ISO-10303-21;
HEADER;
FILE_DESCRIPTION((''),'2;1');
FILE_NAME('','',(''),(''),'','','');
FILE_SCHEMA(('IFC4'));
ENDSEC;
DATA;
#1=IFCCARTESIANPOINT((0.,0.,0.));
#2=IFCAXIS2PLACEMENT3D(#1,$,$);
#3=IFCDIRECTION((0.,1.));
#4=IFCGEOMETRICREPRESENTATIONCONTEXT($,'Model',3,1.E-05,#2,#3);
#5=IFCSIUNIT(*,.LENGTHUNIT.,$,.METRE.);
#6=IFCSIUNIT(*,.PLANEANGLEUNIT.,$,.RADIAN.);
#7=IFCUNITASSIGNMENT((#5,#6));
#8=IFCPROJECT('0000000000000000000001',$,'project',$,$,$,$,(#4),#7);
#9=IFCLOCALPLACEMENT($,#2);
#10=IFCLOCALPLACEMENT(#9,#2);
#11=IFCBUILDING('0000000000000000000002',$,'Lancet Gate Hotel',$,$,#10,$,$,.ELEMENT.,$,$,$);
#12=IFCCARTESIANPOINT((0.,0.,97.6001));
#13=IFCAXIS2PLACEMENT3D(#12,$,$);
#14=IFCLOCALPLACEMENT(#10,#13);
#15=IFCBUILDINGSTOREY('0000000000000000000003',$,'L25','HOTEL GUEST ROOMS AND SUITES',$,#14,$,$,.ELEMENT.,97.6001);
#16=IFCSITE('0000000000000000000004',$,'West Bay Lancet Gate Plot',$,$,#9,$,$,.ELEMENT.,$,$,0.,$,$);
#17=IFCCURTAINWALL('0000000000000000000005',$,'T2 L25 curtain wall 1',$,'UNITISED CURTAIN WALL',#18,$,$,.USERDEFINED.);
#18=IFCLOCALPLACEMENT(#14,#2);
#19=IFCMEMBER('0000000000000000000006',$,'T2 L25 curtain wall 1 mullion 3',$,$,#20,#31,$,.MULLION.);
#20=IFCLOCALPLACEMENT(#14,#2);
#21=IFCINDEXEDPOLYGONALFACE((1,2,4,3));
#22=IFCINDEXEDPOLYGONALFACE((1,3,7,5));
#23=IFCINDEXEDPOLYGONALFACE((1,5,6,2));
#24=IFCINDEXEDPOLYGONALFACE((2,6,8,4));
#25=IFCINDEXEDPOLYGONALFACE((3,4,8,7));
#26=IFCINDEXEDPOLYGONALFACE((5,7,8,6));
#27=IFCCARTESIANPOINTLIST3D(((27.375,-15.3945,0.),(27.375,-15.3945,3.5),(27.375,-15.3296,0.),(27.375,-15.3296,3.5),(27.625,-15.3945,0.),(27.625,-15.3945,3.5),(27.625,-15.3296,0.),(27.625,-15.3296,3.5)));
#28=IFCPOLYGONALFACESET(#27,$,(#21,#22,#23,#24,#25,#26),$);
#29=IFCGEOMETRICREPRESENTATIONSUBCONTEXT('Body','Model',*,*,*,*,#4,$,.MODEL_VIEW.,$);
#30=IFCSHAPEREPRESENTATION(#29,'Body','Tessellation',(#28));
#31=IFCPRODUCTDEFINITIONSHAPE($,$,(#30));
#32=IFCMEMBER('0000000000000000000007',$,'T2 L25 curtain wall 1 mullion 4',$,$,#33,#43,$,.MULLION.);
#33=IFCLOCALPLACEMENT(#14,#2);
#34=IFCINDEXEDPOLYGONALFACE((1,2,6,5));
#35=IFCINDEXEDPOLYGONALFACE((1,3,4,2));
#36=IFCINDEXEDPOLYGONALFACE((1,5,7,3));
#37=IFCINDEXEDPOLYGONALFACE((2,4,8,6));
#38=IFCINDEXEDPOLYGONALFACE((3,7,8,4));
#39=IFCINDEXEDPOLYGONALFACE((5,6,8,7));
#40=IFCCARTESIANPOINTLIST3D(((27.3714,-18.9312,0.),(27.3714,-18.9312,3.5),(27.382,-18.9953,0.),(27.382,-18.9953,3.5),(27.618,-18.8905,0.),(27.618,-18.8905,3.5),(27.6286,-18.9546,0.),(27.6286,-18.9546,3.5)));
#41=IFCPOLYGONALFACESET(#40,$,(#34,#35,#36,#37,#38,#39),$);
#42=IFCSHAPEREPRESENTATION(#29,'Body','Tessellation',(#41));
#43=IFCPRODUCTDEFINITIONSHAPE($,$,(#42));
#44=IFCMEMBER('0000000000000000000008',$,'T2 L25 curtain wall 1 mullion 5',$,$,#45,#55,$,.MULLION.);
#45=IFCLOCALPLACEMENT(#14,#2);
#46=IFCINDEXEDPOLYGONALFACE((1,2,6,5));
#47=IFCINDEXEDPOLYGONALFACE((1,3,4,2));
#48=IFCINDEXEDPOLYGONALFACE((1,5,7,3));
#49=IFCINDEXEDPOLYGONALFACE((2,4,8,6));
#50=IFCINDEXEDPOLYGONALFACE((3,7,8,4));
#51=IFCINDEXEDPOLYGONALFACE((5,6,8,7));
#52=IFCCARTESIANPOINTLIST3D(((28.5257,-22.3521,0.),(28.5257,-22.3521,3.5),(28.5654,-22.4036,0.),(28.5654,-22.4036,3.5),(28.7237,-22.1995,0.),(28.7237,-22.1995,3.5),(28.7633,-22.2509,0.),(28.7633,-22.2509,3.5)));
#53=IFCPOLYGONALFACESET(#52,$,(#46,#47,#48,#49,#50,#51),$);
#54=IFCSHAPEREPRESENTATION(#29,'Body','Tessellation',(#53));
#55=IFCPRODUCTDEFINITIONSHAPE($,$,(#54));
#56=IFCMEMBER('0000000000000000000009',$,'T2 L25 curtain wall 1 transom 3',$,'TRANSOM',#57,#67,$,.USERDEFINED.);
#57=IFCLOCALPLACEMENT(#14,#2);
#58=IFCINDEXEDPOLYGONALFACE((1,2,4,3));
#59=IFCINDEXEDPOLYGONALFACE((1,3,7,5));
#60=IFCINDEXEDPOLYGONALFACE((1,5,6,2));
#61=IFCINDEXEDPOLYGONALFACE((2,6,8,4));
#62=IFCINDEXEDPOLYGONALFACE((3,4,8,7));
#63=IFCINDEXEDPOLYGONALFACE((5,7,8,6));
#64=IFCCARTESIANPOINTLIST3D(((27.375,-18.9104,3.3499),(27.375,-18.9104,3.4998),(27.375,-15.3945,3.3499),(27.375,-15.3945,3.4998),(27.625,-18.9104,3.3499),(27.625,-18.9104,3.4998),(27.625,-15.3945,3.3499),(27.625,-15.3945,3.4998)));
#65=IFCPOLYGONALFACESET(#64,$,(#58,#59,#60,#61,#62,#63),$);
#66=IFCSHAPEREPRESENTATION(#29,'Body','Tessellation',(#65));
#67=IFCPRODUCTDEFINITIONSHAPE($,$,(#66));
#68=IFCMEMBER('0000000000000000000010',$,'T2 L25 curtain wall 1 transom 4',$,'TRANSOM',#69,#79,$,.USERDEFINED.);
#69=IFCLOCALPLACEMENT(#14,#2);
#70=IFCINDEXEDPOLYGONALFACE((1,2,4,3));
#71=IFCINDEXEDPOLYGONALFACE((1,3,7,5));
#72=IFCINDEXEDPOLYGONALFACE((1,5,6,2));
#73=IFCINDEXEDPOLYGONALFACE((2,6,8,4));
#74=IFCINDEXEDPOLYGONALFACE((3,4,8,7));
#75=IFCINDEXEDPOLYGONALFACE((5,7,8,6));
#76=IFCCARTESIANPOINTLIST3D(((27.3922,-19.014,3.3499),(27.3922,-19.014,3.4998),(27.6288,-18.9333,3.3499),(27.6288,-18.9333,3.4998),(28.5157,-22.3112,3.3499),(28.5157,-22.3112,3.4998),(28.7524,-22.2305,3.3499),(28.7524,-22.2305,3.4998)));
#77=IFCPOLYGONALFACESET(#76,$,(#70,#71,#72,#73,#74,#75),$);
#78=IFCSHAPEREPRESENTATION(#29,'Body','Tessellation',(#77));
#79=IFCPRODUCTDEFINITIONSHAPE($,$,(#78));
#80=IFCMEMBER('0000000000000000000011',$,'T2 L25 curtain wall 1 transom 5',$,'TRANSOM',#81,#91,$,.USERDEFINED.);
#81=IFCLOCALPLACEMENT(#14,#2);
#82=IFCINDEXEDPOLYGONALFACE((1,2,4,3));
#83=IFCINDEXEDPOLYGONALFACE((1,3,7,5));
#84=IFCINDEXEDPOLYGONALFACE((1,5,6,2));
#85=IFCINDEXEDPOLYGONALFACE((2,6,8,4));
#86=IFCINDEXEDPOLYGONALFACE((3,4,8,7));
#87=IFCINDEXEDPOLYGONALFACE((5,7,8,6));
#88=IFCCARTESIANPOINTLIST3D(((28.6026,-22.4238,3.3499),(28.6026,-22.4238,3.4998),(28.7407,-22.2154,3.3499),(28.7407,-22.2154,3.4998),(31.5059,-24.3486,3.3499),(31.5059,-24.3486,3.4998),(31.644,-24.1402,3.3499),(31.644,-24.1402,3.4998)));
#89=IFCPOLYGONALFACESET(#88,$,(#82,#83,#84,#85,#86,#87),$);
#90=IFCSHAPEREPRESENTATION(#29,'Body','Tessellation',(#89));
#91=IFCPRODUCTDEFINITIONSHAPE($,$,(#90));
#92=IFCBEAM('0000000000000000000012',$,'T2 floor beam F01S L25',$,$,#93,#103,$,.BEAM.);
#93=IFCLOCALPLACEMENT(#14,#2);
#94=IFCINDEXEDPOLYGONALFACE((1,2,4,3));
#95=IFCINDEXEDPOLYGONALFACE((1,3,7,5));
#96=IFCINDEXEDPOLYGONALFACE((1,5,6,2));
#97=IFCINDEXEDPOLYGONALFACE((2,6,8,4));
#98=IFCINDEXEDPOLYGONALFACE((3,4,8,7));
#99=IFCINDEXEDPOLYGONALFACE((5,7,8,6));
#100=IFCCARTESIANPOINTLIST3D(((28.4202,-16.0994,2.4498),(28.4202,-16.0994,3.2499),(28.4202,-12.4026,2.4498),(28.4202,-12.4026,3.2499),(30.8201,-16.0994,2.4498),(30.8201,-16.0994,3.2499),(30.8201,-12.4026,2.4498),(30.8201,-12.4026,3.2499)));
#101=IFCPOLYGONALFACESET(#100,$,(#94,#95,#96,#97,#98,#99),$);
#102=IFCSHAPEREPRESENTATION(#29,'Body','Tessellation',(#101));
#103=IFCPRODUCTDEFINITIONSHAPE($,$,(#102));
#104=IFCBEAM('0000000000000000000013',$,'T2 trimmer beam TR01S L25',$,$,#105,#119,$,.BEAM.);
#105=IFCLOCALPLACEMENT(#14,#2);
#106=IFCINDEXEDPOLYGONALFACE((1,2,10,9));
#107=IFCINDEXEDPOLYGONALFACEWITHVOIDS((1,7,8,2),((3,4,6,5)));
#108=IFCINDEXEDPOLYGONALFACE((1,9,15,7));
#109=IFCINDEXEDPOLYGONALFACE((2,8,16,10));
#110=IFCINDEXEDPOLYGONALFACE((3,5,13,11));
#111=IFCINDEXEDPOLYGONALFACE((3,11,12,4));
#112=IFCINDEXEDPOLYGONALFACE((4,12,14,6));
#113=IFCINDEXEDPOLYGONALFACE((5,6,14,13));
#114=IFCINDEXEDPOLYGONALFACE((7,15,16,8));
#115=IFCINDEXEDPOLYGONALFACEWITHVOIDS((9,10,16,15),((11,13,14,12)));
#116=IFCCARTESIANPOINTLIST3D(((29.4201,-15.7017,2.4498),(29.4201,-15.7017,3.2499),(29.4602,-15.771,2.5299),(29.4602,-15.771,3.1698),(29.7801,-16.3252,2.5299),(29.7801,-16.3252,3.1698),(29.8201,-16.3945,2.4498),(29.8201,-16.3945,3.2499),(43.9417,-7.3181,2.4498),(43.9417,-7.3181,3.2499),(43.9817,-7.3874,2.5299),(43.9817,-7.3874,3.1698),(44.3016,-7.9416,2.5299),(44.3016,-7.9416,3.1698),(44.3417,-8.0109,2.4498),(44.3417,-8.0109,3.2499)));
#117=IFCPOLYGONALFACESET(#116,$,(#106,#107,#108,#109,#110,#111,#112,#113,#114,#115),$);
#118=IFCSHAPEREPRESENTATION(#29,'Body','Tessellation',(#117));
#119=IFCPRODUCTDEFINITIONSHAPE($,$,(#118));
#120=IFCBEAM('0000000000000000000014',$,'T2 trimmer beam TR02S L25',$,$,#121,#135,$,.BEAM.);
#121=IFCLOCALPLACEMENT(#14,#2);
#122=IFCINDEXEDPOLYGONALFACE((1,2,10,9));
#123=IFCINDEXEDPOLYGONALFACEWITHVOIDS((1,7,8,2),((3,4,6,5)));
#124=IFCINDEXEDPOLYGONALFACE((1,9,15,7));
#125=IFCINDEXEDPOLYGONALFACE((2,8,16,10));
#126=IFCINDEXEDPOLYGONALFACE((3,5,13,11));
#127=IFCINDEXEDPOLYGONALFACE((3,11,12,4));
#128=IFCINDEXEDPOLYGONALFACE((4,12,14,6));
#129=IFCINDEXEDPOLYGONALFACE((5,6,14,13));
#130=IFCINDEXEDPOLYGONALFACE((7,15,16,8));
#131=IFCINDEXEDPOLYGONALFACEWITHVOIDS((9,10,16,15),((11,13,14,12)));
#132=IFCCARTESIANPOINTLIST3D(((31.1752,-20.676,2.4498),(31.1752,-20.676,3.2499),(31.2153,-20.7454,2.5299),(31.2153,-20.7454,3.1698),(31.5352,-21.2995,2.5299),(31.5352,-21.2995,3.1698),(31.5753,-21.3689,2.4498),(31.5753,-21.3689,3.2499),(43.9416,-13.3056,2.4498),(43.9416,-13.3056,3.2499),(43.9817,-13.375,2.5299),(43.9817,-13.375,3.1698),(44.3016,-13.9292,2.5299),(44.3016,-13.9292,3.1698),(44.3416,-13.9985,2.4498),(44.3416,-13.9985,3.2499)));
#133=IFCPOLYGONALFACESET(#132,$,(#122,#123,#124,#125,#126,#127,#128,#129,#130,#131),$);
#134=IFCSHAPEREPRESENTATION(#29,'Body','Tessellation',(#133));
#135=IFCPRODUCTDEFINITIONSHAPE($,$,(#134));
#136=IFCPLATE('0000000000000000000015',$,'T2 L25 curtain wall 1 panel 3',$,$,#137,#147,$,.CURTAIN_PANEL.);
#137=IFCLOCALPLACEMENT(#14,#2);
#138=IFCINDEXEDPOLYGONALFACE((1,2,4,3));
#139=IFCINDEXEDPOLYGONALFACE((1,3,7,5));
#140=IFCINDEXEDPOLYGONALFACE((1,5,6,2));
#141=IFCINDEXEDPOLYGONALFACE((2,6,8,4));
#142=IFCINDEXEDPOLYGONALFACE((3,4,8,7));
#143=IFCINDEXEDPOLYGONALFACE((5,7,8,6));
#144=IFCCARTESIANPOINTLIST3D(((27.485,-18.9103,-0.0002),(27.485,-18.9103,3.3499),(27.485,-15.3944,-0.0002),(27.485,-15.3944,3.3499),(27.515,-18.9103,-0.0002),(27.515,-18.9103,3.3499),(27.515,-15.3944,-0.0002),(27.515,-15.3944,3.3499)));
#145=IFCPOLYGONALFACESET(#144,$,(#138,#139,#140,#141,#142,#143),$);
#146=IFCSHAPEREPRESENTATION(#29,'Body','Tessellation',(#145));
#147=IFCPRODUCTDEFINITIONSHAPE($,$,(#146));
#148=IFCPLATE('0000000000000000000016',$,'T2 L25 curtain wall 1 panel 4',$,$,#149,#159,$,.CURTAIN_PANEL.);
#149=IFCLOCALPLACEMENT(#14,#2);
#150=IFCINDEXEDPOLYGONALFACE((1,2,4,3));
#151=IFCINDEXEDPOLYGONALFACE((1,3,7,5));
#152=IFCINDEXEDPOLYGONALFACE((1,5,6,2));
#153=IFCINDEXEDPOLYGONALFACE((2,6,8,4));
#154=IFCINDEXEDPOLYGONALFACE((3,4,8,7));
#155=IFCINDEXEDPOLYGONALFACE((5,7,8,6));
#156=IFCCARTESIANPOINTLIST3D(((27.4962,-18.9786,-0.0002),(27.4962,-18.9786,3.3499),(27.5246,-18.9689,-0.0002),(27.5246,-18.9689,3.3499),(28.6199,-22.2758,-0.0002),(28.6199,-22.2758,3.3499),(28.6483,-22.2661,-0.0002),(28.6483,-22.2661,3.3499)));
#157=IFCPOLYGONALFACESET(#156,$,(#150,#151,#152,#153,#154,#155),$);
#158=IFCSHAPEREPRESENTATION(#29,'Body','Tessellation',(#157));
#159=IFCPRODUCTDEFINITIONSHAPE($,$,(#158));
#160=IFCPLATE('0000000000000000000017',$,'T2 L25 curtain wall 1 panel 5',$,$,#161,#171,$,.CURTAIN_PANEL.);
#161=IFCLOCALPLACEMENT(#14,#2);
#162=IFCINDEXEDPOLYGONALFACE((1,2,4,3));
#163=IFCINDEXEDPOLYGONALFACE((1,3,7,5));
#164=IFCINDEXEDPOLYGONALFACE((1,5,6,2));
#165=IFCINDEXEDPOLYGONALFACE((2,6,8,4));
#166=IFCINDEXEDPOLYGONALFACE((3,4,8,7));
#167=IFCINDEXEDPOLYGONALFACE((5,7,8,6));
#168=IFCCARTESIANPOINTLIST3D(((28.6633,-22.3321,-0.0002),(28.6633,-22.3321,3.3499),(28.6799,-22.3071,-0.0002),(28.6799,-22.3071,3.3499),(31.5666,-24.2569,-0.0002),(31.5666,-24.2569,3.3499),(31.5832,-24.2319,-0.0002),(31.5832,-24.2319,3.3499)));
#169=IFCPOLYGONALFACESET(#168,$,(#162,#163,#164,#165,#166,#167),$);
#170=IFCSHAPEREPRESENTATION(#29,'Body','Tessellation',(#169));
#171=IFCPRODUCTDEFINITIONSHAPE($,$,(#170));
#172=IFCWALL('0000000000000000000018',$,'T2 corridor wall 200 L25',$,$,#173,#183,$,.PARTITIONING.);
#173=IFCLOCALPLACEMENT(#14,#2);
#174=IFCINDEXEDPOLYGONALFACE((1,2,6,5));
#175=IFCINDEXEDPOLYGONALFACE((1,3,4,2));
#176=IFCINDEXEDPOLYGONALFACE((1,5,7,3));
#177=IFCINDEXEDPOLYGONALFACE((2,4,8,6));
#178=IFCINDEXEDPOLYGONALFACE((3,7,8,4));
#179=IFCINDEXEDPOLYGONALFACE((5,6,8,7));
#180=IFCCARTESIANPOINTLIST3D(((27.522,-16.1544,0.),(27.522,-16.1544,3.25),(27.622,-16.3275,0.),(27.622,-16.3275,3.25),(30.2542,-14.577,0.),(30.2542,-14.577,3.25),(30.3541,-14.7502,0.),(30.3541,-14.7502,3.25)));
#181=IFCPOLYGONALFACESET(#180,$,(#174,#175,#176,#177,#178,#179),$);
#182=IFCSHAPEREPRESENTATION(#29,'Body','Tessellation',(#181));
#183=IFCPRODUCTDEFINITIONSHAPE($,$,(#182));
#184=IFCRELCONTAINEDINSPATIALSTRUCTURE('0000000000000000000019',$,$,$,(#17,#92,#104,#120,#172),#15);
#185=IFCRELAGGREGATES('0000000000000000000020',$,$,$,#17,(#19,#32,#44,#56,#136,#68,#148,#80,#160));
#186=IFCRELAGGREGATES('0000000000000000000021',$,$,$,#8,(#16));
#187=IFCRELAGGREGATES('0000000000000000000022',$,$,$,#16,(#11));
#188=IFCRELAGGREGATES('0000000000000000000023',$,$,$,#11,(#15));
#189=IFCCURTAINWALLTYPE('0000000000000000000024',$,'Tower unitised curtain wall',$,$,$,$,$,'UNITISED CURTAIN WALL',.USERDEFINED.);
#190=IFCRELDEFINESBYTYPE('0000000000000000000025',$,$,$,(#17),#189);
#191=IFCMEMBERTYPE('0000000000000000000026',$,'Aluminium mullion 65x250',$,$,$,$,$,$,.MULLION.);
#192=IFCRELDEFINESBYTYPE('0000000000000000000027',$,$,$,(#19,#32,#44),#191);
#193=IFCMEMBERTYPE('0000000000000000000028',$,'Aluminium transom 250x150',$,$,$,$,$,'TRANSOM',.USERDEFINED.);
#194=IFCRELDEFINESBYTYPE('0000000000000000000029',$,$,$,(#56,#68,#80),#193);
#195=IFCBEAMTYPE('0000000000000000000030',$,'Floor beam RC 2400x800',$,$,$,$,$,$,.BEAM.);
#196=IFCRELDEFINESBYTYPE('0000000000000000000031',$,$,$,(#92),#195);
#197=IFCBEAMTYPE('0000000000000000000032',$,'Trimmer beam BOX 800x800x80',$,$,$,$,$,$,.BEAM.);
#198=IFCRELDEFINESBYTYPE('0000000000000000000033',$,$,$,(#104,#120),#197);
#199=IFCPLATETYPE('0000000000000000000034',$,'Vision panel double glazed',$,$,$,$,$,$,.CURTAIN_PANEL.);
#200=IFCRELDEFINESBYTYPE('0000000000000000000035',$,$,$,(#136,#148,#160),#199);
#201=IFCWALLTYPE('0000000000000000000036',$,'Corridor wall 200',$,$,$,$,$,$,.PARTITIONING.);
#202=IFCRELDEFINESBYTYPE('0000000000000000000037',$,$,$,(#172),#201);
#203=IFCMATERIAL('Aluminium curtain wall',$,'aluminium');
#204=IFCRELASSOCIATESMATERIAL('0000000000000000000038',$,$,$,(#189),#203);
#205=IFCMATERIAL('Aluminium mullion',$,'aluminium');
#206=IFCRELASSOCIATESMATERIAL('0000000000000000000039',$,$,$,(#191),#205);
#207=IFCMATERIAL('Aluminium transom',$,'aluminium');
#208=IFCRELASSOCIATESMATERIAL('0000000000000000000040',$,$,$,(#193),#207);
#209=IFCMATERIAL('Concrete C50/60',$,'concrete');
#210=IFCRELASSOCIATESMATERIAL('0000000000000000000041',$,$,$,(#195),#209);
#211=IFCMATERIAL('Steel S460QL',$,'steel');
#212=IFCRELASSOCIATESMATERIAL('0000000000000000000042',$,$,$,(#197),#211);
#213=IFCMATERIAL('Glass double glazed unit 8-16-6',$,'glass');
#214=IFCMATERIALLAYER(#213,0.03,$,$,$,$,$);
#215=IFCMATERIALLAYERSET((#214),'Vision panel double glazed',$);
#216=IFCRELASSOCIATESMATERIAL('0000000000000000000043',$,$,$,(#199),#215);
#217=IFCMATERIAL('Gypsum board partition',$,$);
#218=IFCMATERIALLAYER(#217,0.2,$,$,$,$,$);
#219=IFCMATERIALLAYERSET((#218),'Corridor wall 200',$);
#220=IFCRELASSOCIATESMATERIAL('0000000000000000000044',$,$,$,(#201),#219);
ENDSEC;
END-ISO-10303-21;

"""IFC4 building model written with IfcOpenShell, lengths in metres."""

from ifc_helpers import new_model, si_unit, direction, frame, frame_2d, origin, origin_2d, place, context, subcontext, project, spatial, rectangle, hollow_rectangle, extrude, material, layer, layer_set, material_profile, profile_set, type_object, element, aggregate, save


model = new_model("IFC4")

# Units and contexts
model_context = context("Model", 3, precision=1e-05, world=origin(), true_north=direction((0.0, 1.0)))
body_context = subcontext(model_context, "Body", "Model", "MODEL_VIEW")
ifc_project = project(units=[si_unit("LENGTHUNIT", "METRE"), si_unit("PLANEANGLEUNIT", "RADIAN")], contexts=[model_context])

# Site, building, storey
site_placement = place(None, origin())
site = spatial("IfcSite", under=ifc_project, at=site_placement, Name="West Bay Lancet Gate Plot", CompositionType="ELEMENT", RefElevation=0.0)
building_placement = place(site_placement, origin())
building = spatial("IfcBuilding", under=site, at=building_placement, Name="Lancet Gate Hotel", CompositionType="ELEMENT")
storey_placement = place(building_placement, frame((0.0, 0.0, 97.6001)))
storey = spatial("IfcBuildingStorey", under=building, at=storey_placement, Name="L25", Description="HOTEL GUEST ROOMS AND SUITES", CompositionType="ELEMENT", Elevation=97.6001)

# Curtain wall, members
ifc_material_1 = material(Name="Aluminium curtain wall", Category="aluminium")
curtain_wall_type = type_object("IfcCurtainWallType", Name="Tower unitised curtain wall", ElementType="UNITISED CURTAIN WALL", PredefinedType="USERDEFINED", material=ifc_material_1)
curtain_wall_placement = place(storey_placement, origin())
curtain_wall = element("IfcCurtainWall", 1, at=curtain_wall_placement, inside=storey, type_object=curtain_wall_type, Name="T2 L25 curtain wall 1", ObjectType="UNITISED CURTAIN WALL", PredefinedType="USERDEFINED")
ifc_material_2 = material(Name="Aluminium mullion", Category="aluminium")
ifc_material_profile_1 = material_profile(ifc_material_2, rectangle(XDim=0.0649, YDim=0.25, at=origin_2d()), Name="MULLION 65x250")
ifc_profile_set_1 = profile_set([ifc_material_profile_1], Name="Aluminium mullion")
member_type_1 = type_object("IfcMemberType", Name="Aluminium mullion 65x250", PredefinedType="MULLION", material=ifc_profile_set_1)
member_1_placement = place(storey_placement, frame((27.5, -15.3621, 0.0), z_axis=(0.0, 0.0, 1.0), x_axis=(0.0, -1.0, 0.0)))
member_1 = element("IfcMember", 2, at=member_1_placement, type_object=member_type_1, Name="T2 L25 curtain wall 1 mullion 3", PredefinedType="MULLION", context=body_context, shape_type="SweptSolid", body=[
    extrude(rectangle(XDim=0.0649, YDim=0.25, at=origin_2d()), origin(), (0.0, 0.0, 1.0), 3.5),
])
member_2_placement = place(storey_placement, frame((27.5, -18.9429, 0.0), z_axis=(0.0, 0.0, 1.0), x_axis=(0.162739, -0.986669, 0.0)))
member_2 = element("IfcMember", 3, at=member_2_placement, type_object=member_type_1, Name="T2 L25 curtain wall 1 mullion 4", PredefinedType="MULLION", context=body_context, shape_type="SweptSolid", body=[
    extrude(rectangle(XDim=0.0649, YDim=0.25, at=origin_2d()), origin(), (0.0, 0.0, 1.0), 3.5),
])
member_3_placement = place(storey_placement, frame((28.6445, -22.3015, 0.0), z_axis=(0.0, 0.0, 1.0), x_axis=(0.610664, -0.79189, 0.0)))
member_3 = element("IfcMember", 4, at=member_3_placement, type_object=member_type_1, Name="T2 L25 curtain wall 1 mullion 5", PredefinedType="MULLION", context=body_context, shape_type="SweptSolid", body=[
    extrude(rectangle(XDim=0.0649, YDim=0.25, at=origin_2d()), origin(), (0.0, 0.0, 1.0), 3.5),
])
ifc_material_3 = material(Name="Aluminium transom", Category="aluminium")
ifc_material_profile_2 = material_profile(ifc_material_3, rectangle(XDim=0.25, YDim=0.1499, at=origin_2d()), Name="TRANSOM 250x150")
ifc_profile_set_2 = profile_set([ifc_material_profile_2], Name="Aluminium transom")
member_type_2 = type_object("IfcMemberType", Name="Aluminium transom 250x150", ElementType="TRANSOM", PredefinedType="USERDEFINED", material=ifc_profile_set_2)
member_4_placement = place(storey_placement, frame((27.5, -15.3945, 3.4248), z_axis=(0.0, -1.0, 0.0), x_axis=(1.0, 0.0, 0.0)))
member_4 = element("IfcMember", 5, at=member_4_placement, type_object=member_type_2, Name="T2 L25 curtain wall 1 transom 3", ObjectType="TRANSOM", PredefinedType="USERDEFINED", context=body_context, shape_type="SweptSolid", body=[
    extrude(rectangle(XDim=0.25, YDim=0.1499, at=origin_2d()), origin(), (0.0, 0.0, 1.0), 3.5159),
])
member_5_placement = place(storey_placement, frame((27.5105, -18.9736, 3.4248), z_axis=(0.32255, -0.946553, 0.0), x_axis=(0.946553, 0.32255, 0.0)))
member_5 = element("IfcMember", 6, at=member_5_placement, type_object=member_type_2, Name="T2 L25 curtain wall 1 transom 4", ObjectType="TRANSOM", PredefinedType="USERDEFINED", context=body_context, shape_type="SweptSolid", body=[
    extrude(rectangle(XDim=0.25, YDim=0.1499, at=origin_2d()), origin(), (0.0, 0.0, 1.0), 3.4834),
])
member_6_placement = place(storey_placement, frame((28.6716, -22.3196, 3.4248), z_axis=(0.833471, -0.552563, 0.0), x_axis=(0.552563, 0.833471, 0.0)))
member_6 = element("IfcMember", 7, at=member_6_placement, type_object=member_type_2, Name="T2 L25 curtain wall 1 transom 5", ObjectType="TRANSOM", PredefinedType="USERDEFINED", context=body_context, shape_type="SweptSolid", body=[
    extrude(rectangle(XDim=0.25, YDim=0.1499, at=origin_2d()), origin(), (0.0, 0.0, 1.0), 3.4834),
])

# Beams
ifc_material_4 = material(Name="Concrete C50/60", Category="concrete")
ifc_material_profile_3 = material_profile(ifc_material_4, rectangle(XDim=2.3999, YDim=0.8, at=origin_2d()), Name="RC 2400x800")
ifc_profile_set_3 = profile_set([ifc_material_profile_3], Name="Concrete C50/60")
beam_type_1 = type_object("IfcBeamType", Name="Floor beam RC 2400x800", PredefinedType="BEAM", material=ifc_profile_set_3)
beam_1_placement = place(storey_placement, frame((29.6201, -16.0994, 2.8499), z_axis=(0.0, 1.0, 0.0), x_axis=(-1.0, 0.0, 0.0)))
element("IfcBeam", 8, at=beam_1_placement, inside=storey, type_object=beam_type_1, Name="T2 floor beam F01S L25", PredefinedType="BEAM", context=body_context, shape_type="SweptSolid", body=[
    extrude(rectangle(XDim=2.3999, YDim=0.8, at=origin_2d()), origin(), (0.0, 0.0, 1.0), 3.6968),
])
ifc_material_5 = material(Name="Steel S460QL", Category="steel")
ifc_material_profile_4 = material_profile(ifc_material_5, hollow_rectangle(XDim=0.8, YDim=0.8, WallThickness=0.0801, at=origin_2d()), Name="BOX 800x800x80")
ifc_profile_set_4 = profile_set([ifc_material_profile_4], Name="Steel S460QL")
beam_type_2 = type_object("IfcBeamType", Name="Trimmer beam BOX 800x800x80", PredefinedType="BEAM", material=ifc_profile_set_4)
beam_2_placement = place(storey_placement, frame((29.6201, -16.0481, 2.8499), z_axis=(0.866037, 0.49998, 0.0), x_axis=(-0.49998, 0.866037, 0.0)))
element("IfcBeam", 9, at=beam_2_placement, inside=storey, type_object=beam_type_2, Name="T2 trimmer beam TR01S L25", PredefinedType="BEAM", context=body_context, shape_type="SweptSolid", body=[
    extrude(hollow_rectangle(XDim=0.8, YDim=0.8, WallThickness=0.0801, at=origin_2d()), origin(), (0.0, 0.0, 1.0), 16.7678),
])
beam_3_placement = place(storey_placement, frame((31.3752, -21.0225, 2.8499), z_axis=(0.866034, 0.499985, 0.0), x_axis=(-0.499985, 0.866034, 0.0)))
element("IfcBeam", 10, at=beam_3_placement, inside=storey, type_object=beam_type_2, Name="T2 trimmer beam TR02S L25", PredefinedType="BEAM", context=body_context, shape_type="SweptSolid", body=[
    extrude(hollow_rectangle(XDim=0.8, YDim=0.8, WallThickness=0.0801, at=origin_2d()), origin(), (0.0, 0.0, 1.0), 14.7412),
])

# Plates
ifc_material_6 = material(Name="Glass double glazed unit 8-16-6", Category="glass")
ifc_layer_1 = layer(ifc_material_6, 0.03)
ifc_layer_set_1 = layer_set([ifc_layer_1], Name="Vision panel double glazed")
plate_type = type_object("IfcPlateType", Name="Vision panel double glazed", PredefinedType="CURTAIN_PANEL", material=ifc_layer_set_1)
plate_1_placement = place(storey_placement, frame((27.5, -17.1523, -0.0002), z_axis=(0.0, 0.0, 1.0), x_axis=(0.0, -1.0, 0.0)))
plate_1 = element("IfcPlate", 11, at=plate_1_placement, type_object=plate_type, Name="T2 L25 curtain wall 1 panel 3", PredefinedType="CURTAIN_PANEL", context=body_context, shape_type="SweptSolid", body=[
    extrude(rectangle(XDim=3.5159, YDim=0.03, at=origin_2d()), origin(), (0.0, 0.0, 1.0), 3.3501),
])
plate_2_placement = place(storey_placement, frame((28.0723, -20.6223, -0.0002), z_axis=(0.0, 0.0, 1.0), x_axis=(0.322576, -0.946544, 0.0)))
plate_2 = element("IfcPlate", 12, at=plate_2_placement, type_object=plate_type, Name="T2 L25 curtain wall 1 panel 4", PredefinedType="CURTAIN_PANEL", context=body_context, shape_type="SweptSolid", body=[
    extrude(rectangle(XDim=3.4834, YDim=0.03, at=origin_2d()), origin(), (0.0, 0.0, 1.0), 3.3501),
])
plate_3_placement = place(storey_placement, frame((30.1233, -23.282, -0.0002), z_axis=(0.0, 0.0, 1.0), x_axis=(0.833465, -0.552573, 0.0)))
plate_3 = element("IfcPlate", 13, at=plate_3_placement, type_object=plate_type, Name="T2 L25 curtain wall 1 panel 5", PredefinedType="CURTAIN_PANEL", context=body_context, shape_type="SweptSolid", body=[
    extrude(rectangle(XDim=3.4834, YDim=0.03, at=origin_2d()), origin(), (0.0, 0.0, 1.0), 3.3501),
])
aggregate(curtain_wall, [member_1, member_2, member_3, member_4, plate_1, member_5, plate_2, member_6, plate_3])

# Wall
ifc_material_7 = material(Name="Gypsum board partition")
ifc_layer_2 = layer(ifc_material_7, 0.2)
ifc_layer_set_2 = layer_set([ifc_layer_2], Name="Corridor wall 200")
wall_type_1 = type_object("IfcWallType", Name="Corridor wall 200", PredefinedType="PARTITIONING", material=ifc_layer_set_2)
wall_1_placement = place(storey_placement, frame((27.572, -16.241, 0.0), z_axis=(0.0, 0.0, 1.0), x_axis=(0.86603, 0.499993, 0.0)))
element("IfcWall", 14, at=wall_1_placement, inside=storey, type_object=wall_type_1, Name="T2 corridor wall 200 L25", PredefinedType="PARTITIONING", context=body_context, shape_type="SweptSolid", body=[
    extrude(rectangle(XDim=3.1548, YDim=0.2, at=frame_2d((1.5774, 0.0))), origin(), (0.0, 0.0, 1.0), 3.25),
])

save(model, "model.ifc")
